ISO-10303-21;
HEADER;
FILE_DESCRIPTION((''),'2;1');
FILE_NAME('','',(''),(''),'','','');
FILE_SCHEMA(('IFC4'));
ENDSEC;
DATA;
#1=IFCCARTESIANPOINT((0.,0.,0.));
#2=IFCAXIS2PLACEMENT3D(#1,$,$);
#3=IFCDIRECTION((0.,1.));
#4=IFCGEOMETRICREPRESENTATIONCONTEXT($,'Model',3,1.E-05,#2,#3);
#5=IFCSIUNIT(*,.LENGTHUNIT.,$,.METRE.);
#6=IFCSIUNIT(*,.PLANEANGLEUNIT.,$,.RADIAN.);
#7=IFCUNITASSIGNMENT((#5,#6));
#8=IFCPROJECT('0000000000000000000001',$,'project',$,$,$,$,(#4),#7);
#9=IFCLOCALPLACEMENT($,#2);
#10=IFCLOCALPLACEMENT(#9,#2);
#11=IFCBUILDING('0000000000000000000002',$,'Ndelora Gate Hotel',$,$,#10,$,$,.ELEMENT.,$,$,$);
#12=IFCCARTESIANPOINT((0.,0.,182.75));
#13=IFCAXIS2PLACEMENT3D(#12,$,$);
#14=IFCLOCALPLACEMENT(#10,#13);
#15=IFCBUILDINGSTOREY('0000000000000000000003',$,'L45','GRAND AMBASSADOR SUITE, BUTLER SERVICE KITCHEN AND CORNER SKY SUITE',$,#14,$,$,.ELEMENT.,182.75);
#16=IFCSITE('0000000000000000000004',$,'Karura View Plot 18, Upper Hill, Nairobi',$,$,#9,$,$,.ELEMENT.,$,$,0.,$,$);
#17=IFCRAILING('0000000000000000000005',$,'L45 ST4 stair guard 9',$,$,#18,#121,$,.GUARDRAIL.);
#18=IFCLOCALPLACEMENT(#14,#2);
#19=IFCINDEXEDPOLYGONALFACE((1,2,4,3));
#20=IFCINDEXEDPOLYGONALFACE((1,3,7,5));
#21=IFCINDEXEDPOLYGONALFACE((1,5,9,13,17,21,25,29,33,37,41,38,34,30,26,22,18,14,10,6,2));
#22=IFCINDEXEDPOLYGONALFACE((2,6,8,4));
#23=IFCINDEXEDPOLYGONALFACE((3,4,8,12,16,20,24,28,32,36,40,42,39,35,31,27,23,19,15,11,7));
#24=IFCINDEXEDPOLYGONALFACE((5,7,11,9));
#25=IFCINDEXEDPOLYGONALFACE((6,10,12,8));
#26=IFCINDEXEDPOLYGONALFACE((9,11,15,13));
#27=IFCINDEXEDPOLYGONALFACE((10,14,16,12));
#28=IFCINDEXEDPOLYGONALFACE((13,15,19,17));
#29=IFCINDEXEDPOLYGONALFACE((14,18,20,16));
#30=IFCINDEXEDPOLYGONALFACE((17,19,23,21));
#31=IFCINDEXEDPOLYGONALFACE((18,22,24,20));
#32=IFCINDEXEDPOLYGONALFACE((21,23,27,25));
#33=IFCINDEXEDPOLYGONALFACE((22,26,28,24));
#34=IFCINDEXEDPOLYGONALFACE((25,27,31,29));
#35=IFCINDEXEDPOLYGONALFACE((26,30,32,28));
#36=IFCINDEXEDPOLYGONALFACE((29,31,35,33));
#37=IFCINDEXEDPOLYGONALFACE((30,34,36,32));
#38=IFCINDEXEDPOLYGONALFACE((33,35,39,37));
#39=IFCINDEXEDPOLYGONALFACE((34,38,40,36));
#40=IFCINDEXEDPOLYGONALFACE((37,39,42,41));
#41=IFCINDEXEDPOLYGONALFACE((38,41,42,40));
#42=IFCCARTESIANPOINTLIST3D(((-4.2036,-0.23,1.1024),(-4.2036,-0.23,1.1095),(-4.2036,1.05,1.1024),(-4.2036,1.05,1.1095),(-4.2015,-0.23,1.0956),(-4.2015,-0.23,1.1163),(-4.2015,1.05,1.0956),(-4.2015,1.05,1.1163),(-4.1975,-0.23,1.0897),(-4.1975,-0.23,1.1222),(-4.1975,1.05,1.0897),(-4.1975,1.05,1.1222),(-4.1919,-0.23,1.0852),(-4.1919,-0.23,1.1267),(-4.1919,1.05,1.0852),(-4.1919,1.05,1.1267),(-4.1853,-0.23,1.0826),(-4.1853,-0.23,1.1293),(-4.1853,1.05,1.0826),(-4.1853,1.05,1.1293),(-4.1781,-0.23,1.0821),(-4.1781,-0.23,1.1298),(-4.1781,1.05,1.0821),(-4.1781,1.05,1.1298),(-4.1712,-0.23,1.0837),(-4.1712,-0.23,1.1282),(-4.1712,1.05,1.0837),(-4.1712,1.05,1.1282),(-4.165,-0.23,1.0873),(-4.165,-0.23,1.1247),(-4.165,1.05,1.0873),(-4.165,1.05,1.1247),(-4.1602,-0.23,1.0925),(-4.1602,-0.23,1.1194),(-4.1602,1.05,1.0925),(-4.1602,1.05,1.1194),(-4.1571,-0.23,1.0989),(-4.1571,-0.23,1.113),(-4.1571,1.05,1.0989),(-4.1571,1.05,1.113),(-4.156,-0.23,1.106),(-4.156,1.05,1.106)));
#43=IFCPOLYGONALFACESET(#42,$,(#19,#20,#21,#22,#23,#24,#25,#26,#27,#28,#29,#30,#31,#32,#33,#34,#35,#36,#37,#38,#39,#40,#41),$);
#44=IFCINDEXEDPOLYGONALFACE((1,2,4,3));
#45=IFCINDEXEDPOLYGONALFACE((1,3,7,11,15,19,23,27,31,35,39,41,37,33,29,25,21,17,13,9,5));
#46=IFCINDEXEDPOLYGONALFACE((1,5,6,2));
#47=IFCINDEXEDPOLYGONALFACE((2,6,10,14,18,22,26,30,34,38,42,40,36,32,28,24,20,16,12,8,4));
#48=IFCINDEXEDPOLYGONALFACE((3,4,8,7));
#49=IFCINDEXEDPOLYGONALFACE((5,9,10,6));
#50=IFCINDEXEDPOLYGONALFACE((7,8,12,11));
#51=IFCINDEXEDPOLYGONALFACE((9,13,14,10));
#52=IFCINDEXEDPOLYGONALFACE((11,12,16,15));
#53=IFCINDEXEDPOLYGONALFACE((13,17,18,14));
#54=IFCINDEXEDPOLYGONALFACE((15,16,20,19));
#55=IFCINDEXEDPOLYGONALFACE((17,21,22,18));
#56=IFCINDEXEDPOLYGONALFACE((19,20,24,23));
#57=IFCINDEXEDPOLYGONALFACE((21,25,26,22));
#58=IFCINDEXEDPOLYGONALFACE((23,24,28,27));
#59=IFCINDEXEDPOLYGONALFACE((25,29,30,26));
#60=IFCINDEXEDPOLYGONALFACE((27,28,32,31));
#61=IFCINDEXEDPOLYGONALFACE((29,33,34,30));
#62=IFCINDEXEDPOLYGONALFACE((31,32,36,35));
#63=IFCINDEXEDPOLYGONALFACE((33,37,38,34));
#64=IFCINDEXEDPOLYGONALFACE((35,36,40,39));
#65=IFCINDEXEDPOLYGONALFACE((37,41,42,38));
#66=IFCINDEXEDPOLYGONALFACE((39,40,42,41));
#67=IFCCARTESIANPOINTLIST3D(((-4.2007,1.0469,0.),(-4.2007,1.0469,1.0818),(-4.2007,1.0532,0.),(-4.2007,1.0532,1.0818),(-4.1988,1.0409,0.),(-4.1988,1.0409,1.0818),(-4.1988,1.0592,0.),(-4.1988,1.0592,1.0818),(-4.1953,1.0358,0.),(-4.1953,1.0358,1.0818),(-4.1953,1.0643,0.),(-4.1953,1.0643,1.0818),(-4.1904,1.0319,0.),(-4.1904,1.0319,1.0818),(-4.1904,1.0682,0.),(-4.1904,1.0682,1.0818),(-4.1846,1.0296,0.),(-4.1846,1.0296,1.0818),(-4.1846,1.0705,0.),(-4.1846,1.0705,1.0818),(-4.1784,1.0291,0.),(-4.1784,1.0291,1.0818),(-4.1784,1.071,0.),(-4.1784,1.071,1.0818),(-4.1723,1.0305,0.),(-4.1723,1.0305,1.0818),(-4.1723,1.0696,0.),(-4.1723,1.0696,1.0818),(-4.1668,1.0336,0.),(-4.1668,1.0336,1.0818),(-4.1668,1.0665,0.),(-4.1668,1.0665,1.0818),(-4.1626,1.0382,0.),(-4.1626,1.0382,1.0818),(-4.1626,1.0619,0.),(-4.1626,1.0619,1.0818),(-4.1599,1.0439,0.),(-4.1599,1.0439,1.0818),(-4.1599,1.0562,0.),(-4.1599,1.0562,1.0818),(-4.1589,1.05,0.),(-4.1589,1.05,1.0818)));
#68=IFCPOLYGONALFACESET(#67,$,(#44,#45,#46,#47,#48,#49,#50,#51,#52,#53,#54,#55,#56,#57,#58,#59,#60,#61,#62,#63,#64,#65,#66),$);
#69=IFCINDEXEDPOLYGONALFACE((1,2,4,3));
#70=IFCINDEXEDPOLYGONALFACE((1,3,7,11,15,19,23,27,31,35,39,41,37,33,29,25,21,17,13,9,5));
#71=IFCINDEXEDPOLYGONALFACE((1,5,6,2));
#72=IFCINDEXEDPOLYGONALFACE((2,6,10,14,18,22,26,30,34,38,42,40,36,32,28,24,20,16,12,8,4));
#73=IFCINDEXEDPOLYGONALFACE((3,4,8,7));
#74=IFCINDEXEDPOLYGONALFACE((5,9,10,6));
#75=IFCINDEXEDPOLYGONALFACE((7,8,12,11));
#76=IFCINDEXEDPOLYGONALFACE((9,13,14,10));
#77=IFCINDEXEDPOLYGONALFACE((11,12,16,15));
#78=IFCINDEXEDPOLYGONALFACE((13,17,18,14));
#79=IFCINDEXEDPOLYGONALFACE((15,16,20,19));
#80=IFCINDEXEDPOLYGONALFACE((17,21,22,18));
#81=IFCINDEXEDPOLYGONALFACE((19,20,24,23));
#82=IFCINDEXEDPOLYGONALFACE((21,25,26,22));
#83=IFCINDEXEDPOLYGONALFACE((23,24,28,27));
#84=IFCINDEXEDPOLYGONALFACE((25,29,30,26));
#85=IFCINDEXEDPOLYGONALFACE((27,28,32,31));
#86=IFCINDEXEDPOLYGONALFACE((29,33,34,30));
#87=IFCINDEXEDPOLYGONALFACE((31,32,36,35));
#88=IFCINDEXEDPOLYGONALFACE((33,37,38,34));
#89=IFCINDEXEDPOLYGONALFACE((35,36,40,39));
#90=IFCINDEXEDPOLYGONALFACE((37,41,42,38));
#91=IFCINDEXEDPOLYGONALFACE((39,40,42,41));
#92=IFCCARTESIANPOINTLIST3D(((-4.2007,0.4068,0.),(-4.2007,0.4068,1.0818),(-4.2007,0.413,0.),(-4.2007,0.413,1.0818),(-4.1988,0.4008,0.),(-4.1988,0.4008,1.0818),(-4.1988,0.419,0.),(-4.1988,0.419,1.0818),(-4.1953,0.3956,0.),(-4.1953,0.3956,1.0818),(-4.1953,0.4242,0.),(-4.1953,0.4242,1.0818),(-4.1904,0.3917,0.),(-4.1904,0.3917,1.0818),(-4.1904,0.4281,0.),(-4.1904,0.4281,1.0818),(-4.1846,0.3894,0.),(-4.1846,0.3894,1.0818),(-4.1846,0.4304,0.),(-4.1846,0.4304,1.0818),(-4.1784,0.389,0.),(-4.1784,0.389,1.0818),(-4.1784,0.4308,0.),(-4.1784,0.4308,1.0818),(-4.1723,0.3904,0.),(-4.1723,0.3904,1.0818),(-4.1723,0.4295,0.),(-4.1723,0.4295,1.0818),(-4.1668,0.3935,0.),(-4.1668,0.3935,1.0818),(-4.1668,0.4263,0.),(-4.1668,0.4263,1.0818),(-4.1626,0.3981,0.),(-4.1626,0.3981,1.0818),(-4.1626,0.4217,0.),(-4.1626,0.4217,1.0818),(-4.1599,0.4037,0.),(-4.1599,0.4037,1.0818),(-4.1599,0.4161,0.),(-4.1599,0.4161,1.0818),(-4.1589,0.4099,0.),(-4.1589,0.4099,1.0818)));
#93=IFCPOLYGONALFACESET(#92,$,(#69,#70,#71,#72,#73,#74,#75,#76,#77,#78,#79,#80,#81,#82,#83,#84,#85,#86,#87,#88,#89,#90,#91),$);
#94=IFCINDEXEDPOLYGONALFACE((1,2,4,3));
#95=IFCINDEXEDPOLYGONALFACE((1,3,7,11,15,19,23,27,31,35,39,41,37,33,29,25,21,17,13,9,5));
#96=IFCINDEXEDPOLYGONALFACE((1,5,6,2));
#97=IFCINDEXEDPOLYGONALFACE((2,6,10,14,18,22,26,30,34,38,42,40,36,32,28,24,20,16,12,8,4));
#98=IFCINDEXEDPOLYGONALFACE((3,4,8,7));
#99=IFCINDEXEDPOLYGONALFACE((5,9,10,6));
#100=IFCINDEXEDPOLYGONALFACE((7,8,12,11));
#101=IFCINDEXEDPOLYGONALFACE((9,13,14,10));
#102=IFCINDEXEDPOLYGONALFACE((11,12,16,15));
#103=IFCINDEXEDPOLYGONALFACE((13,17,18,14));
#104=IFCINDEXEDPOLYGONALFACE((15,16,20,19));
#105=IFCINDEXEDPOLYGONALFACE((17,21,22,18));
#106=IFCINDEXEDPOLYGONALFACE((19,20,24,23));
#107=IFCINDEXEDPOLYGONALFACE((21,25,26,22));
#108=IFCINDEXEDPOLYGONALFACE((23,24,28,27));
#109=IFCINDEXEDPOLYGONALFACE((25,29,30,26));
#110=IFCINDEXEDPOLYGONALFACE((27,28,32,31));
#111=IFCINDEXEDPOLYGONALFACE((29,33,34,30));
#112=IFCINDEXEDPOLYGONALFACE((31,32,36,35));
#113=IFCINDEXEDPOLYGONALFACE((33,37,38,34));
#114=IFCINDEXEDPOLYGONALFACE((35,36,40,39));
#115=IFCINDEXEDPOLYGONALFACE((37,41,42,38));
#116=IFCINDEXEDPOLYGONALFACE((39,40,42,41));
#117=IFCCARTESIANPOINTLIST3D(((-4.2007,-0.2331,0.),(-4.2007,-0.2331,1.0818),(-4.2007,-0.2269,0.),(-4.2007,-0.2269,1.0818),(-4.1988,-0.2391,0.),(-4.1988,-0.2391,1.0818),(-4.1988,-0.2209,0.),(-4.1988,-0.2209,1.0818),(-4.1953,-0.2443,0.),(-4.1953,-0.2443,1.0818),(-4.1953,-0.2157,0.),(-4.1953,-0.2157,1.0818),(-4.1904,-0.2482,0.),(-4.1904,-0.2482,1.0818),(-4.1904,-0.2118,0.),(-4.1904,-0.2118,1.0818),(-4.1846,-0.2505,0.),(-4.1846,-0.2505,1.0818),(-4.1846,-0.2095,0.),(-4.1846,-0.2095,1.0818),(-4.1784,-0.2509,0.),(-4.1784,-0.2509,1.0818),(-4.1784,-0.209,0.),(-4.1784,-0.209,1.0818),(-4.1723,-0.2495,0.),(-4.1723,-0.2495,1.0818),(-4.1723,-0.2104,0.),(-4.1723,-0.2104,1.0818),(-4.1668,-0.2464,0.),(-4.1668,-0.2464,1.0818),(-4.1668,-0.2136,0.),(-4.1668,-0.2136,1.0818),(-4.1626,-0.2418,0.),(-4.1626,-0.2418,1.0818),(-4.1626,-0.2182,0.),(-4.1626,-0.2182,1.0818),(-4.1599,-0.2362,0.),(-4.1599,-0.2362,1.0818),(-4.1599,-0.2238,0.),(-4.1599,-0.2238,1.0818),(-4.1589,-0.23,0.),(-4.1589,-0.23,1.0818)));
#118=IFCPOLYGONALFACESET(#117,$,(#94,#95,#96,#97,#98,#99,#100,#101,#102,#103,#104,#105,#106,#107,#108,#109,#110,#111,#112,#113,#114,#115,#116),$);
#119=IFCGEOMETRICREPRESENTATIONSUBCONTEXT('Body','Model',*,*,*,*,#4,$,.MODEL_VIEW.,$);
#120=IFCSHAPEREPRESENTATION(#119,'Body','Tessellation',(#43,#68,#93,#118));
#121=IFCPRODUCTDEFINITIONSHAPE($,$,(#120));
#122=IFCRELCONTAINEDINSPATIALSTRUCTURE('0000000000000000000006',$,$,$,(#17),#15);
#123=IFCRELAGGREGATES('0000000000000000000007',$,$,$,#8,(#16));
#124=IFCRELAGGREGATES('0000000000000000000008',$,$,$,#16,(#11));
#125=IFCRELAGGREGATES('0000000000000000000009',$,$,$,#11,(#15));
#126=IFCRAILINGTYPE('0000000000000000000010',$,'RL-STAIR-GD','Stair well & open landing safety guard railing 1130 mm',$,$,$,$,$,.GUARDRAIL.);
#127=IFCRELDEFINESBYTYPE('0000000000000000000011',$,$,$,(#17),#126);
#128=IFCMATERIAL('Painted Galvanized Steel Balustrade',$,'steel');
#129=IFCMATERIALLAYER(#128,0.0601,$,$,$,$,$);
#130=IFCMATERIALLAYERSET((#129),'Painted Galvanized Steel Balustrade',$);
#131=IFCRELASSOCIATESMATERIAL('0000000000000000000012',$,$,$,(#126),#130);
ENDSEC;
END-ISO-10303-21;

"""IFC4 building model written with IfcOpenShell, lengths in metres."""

from ifc_helpers import new_model, si_unit, direction, frame, origin, origin_2d, place, context, subcontext, project, spatial, circle, extrude, material, layer, layer_set, type_object, element, save


model = new_model("IFC4")

# Units and contexts
model_context = context("Model", 3, precision=1e-05, world=origin(), true_north=direction((0.0, 1.0)))
body_context = subcontext(model_context, "Body", "Model", "MODEL_VIEW")
ifc_project = project(units=[si_unit("LENGTHUNIT", "METRE"), si_unit("PLANEANGLEUNIT", "RADIAN")], contexts=[model_context])

# Site, building, storey
site_placement = place(None, origin())
site = spatial("IfcSite", under=ifc_project, at=site_placement, Name="Karura View Plot 18, Upper Hill, Nairobi", CompositionType="ELEMENT", RefElevation=0.0)
building_placement = place(site_placement, origin())
building = spatial("IfcBuilding", under=site, at=building_placement, Name="Ndelora Gate Hotel", CompositionType="ELEMENT")
storey_placement = place(building_placement, frame((0.0, 0.0, 182.75)))
storey = spatial("IfcBuildingStorey", under=building, at=storey_placement, Name="L45", Description="GRAND AMBASSADOR SUITE, BUTLER SERVICE KITCHEN AND CORNER SKY SUITE", CompositionType="ELEMENT", Elevation=182.75)

# Railing
ifc_material_1 = material(Name="Painted Galvanized Steel Balustrade", Category="steel")
ifc_layer_1 = layer(ifc_material_1, 0.0601)
ifc_layer_set_1 = layer_set([ifc_layer_1], Name="Painted Galvanized Steel Balustrade")
railing_type_1 = type_object("IfcRailingType", Name="RL-STAIR-GD", Description="Stair well & open landing safety guard railing 1130 mm", PredefinedType="GUARDRAIL", material=ifc_layer_set_1)
for number, where, name in (
    (1, (-4.1799, 1.05, 0.0), "L45 ST4 stair guard 9"),
):
    element("IfcRailing", number, at=place(storey_placement, frame(where)), inside=storey, type_object=railing_type_1, Name=name, PredefinedType="GUARDRAIL", context=body_context, shape_type="SweptSolid", body=[
        extrude(circle(Radius=0.0239, at=origin_2d()), frame((0.0, 0.0, 1.106), z_axis=(0.0, -1.0, 0.0), x_axis=(1.0, 0.0, 0.0)), (0.0, 0.0, 1.0), 1.28),
        extrude(circle(Radius=0.021, at=origin_2d()), origin(), (0.0, 0.0, 1.0), 1.0818),
        extrude(circle(Radius=0.021, at=origin_2d()), frame((0.0, -0.6401, 0.0)), (0.0, 0.0, 1.0), 1.0818),
        extrude(circle(Radius=0.021, at=origin_2d()), frame((0.0, -1.28, 0.0)), (0.0, 0.0, 1.0), 1.0818),
    ])

save(model, "model.ifc")
